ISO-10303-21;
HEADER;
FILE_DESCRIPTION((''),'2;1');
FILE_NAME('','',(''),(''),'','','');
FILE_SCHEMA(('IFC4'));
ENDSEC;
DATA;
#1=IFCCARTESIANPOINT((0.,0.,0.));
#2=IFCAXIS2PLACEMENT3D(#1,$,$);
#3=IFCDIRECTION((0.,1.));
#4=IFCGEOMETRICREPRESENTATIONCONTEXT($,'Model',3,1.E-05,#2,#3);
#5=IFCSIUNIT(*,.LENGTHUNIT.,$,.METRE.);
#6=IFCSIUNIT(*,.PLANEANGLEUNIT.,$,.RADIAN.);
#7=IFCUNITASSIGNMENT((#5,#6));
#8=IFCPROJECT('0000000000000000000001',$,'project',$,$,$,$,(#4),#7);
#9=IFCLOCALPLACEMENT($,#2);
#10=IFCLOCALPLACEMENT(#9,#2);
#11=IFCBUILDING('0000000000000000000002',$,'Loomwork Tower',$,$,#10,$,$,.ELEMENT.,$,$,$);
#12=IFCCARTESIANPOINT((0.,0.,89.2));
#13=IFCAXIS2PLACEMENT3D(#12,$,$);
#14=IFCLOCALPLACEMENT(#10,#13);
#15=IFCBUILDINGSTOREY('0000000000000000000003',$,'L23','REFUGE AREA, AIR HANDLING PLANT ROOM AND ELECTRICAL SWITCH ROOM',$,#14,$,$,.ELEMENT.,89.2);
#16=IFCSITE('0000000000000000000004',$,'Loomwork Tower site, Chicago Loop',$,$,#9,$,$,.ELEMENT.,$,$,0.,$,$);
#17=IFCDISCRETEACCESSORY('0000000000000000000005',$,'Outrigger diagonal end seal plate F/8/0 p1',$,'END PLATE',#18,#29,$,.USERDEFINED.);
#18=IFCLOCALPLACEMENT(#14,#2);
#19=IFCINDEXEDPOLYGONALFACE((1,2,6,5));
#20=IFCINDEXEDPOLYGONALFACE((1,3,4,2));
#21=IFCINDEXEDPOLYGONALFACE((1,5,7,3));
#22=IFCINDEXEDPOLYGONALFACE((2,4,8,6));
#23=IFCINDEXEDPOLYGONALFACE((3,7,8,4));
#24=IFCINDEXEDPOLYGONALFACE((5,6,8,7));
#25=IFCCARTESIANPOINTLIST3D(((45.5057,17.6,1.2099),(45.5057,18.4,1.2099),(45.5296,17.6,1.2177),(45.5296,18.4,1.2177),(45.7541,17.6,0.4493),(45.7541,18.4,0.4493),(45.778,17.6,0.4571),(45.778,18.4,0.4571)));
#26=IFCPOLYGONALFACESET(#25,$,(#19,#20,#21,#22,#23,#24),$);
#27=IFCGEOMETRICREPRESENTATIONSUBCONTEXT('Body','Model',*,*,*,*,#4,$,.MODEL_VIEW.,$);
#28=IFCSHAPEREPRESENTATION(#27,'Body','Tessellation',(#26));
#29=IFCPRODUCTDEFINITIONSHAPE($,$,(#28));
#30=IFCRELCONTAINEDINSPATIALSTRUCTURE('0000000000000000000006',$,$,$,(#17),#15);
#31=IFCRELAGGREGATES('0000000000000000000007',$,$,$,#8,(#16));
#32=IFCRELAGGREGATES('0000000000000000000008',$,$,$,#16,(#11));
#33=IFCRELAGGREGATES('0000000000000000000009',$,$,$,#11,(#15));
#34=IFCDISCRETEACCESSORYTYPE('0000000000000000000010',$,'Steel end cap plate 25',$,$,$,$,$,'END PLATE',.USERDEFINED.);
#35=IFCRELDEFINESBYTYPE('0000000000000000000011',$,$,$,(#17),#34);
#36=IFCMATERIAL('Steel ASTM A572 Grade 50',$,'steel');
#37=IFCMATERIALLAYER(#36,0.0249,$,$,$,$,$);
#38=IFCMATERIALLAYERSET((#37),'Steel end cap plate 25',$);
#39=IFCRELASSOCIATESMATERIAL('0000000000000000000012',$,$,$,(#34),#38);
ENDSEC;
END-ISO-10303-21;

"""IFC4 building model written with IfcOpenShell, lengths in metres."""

from ifc_helpers import new_model, si_unit, direction, frame, origin, origin_2d, place, context, subcontext, project, spatial, rectangle, extrude, material, layer, layer_set, type_object, element, save


model = new_model("IFC4")

# Units and contexts
model_context = context("Model", 3, precision=1e-05, world=origin(), true_north=direction((0.0, 1.0)))
body_context = subcontext(model_context, "Body", "Model", "MODEL_VIEW")
ifc_project = project(units=[si_unit("LENGTHUNIT", "METRE"), si_unit("PLANEANGLEUNIT", "RADIAN")], contexts=[model_context])

# Site, building, storey
site_placement = place(None, origin())
site = spatial("IfcSite", under=ifc_project, at=site_placement, Name="Loomwork Tower site, Chicago Loop", CompositionType="ELEMENT", RefElevation=0.0)
building_placement = place(site_placement, origin())
building = spatial("IfcBuilding", under=site, at=building_placement, Name="Loomwork Tower", CompositionType="ELEMENT")
storey_placement = place(building_placement, frame((0.0, 0.0, 89.2)))
storey = spatial("IfcBuildingStorey", under=building, at=storey_placement, Name="L23", Description="REFUGE AREA, AIR HANDLING PLANT ROOM AND ELECTRICAL SWITCH ROOM", CompositionType="ELEMENT", Elevation=89.2)

# Discrete accessory
ifc_material_1 = material(Name="Steel ASTM A572 Grade 50", Category="steel")
ifc_layer_1 = layer(ifc_material_1, 0.0249)
ifc_layer_set_1 = layer_set([ifc_layer_1], Name="Steel end cap plate 25")
discrete_accessory_type = type_object("IfcDiscreteAccessoryType", Name="Steel end cap plate 25", ElementType="END PLATE", PredefinedType="USERDEFINED", material=ifc_layer_set_1)
discrete_accessory_placement = place(storey_placement, frame((45.6538, 18.0, 0.8374), z_axis=(-0.950605, 0.0, -0.310402), x_axis=(0.0, -1.0, 0.0)))
element("IfcDiscreteAccessory", 1, at=discrete_accessory_placement, inside=storey, type_object=discrete_accessory_type, Name="Outrigger diagonal end seal plate F/8/0 p1", ObjectType="END PLATE", PredefinedType="USERDEFINED", context=body_context, shape_type="SweptSolid", body=[
    extrude(rectangle(XDim=0.8, YDim=0.8, at=origin_2d()), origin(), (0.0, 0.0, 1.0), 0.0251),
])

save(model, "model.ifc")
